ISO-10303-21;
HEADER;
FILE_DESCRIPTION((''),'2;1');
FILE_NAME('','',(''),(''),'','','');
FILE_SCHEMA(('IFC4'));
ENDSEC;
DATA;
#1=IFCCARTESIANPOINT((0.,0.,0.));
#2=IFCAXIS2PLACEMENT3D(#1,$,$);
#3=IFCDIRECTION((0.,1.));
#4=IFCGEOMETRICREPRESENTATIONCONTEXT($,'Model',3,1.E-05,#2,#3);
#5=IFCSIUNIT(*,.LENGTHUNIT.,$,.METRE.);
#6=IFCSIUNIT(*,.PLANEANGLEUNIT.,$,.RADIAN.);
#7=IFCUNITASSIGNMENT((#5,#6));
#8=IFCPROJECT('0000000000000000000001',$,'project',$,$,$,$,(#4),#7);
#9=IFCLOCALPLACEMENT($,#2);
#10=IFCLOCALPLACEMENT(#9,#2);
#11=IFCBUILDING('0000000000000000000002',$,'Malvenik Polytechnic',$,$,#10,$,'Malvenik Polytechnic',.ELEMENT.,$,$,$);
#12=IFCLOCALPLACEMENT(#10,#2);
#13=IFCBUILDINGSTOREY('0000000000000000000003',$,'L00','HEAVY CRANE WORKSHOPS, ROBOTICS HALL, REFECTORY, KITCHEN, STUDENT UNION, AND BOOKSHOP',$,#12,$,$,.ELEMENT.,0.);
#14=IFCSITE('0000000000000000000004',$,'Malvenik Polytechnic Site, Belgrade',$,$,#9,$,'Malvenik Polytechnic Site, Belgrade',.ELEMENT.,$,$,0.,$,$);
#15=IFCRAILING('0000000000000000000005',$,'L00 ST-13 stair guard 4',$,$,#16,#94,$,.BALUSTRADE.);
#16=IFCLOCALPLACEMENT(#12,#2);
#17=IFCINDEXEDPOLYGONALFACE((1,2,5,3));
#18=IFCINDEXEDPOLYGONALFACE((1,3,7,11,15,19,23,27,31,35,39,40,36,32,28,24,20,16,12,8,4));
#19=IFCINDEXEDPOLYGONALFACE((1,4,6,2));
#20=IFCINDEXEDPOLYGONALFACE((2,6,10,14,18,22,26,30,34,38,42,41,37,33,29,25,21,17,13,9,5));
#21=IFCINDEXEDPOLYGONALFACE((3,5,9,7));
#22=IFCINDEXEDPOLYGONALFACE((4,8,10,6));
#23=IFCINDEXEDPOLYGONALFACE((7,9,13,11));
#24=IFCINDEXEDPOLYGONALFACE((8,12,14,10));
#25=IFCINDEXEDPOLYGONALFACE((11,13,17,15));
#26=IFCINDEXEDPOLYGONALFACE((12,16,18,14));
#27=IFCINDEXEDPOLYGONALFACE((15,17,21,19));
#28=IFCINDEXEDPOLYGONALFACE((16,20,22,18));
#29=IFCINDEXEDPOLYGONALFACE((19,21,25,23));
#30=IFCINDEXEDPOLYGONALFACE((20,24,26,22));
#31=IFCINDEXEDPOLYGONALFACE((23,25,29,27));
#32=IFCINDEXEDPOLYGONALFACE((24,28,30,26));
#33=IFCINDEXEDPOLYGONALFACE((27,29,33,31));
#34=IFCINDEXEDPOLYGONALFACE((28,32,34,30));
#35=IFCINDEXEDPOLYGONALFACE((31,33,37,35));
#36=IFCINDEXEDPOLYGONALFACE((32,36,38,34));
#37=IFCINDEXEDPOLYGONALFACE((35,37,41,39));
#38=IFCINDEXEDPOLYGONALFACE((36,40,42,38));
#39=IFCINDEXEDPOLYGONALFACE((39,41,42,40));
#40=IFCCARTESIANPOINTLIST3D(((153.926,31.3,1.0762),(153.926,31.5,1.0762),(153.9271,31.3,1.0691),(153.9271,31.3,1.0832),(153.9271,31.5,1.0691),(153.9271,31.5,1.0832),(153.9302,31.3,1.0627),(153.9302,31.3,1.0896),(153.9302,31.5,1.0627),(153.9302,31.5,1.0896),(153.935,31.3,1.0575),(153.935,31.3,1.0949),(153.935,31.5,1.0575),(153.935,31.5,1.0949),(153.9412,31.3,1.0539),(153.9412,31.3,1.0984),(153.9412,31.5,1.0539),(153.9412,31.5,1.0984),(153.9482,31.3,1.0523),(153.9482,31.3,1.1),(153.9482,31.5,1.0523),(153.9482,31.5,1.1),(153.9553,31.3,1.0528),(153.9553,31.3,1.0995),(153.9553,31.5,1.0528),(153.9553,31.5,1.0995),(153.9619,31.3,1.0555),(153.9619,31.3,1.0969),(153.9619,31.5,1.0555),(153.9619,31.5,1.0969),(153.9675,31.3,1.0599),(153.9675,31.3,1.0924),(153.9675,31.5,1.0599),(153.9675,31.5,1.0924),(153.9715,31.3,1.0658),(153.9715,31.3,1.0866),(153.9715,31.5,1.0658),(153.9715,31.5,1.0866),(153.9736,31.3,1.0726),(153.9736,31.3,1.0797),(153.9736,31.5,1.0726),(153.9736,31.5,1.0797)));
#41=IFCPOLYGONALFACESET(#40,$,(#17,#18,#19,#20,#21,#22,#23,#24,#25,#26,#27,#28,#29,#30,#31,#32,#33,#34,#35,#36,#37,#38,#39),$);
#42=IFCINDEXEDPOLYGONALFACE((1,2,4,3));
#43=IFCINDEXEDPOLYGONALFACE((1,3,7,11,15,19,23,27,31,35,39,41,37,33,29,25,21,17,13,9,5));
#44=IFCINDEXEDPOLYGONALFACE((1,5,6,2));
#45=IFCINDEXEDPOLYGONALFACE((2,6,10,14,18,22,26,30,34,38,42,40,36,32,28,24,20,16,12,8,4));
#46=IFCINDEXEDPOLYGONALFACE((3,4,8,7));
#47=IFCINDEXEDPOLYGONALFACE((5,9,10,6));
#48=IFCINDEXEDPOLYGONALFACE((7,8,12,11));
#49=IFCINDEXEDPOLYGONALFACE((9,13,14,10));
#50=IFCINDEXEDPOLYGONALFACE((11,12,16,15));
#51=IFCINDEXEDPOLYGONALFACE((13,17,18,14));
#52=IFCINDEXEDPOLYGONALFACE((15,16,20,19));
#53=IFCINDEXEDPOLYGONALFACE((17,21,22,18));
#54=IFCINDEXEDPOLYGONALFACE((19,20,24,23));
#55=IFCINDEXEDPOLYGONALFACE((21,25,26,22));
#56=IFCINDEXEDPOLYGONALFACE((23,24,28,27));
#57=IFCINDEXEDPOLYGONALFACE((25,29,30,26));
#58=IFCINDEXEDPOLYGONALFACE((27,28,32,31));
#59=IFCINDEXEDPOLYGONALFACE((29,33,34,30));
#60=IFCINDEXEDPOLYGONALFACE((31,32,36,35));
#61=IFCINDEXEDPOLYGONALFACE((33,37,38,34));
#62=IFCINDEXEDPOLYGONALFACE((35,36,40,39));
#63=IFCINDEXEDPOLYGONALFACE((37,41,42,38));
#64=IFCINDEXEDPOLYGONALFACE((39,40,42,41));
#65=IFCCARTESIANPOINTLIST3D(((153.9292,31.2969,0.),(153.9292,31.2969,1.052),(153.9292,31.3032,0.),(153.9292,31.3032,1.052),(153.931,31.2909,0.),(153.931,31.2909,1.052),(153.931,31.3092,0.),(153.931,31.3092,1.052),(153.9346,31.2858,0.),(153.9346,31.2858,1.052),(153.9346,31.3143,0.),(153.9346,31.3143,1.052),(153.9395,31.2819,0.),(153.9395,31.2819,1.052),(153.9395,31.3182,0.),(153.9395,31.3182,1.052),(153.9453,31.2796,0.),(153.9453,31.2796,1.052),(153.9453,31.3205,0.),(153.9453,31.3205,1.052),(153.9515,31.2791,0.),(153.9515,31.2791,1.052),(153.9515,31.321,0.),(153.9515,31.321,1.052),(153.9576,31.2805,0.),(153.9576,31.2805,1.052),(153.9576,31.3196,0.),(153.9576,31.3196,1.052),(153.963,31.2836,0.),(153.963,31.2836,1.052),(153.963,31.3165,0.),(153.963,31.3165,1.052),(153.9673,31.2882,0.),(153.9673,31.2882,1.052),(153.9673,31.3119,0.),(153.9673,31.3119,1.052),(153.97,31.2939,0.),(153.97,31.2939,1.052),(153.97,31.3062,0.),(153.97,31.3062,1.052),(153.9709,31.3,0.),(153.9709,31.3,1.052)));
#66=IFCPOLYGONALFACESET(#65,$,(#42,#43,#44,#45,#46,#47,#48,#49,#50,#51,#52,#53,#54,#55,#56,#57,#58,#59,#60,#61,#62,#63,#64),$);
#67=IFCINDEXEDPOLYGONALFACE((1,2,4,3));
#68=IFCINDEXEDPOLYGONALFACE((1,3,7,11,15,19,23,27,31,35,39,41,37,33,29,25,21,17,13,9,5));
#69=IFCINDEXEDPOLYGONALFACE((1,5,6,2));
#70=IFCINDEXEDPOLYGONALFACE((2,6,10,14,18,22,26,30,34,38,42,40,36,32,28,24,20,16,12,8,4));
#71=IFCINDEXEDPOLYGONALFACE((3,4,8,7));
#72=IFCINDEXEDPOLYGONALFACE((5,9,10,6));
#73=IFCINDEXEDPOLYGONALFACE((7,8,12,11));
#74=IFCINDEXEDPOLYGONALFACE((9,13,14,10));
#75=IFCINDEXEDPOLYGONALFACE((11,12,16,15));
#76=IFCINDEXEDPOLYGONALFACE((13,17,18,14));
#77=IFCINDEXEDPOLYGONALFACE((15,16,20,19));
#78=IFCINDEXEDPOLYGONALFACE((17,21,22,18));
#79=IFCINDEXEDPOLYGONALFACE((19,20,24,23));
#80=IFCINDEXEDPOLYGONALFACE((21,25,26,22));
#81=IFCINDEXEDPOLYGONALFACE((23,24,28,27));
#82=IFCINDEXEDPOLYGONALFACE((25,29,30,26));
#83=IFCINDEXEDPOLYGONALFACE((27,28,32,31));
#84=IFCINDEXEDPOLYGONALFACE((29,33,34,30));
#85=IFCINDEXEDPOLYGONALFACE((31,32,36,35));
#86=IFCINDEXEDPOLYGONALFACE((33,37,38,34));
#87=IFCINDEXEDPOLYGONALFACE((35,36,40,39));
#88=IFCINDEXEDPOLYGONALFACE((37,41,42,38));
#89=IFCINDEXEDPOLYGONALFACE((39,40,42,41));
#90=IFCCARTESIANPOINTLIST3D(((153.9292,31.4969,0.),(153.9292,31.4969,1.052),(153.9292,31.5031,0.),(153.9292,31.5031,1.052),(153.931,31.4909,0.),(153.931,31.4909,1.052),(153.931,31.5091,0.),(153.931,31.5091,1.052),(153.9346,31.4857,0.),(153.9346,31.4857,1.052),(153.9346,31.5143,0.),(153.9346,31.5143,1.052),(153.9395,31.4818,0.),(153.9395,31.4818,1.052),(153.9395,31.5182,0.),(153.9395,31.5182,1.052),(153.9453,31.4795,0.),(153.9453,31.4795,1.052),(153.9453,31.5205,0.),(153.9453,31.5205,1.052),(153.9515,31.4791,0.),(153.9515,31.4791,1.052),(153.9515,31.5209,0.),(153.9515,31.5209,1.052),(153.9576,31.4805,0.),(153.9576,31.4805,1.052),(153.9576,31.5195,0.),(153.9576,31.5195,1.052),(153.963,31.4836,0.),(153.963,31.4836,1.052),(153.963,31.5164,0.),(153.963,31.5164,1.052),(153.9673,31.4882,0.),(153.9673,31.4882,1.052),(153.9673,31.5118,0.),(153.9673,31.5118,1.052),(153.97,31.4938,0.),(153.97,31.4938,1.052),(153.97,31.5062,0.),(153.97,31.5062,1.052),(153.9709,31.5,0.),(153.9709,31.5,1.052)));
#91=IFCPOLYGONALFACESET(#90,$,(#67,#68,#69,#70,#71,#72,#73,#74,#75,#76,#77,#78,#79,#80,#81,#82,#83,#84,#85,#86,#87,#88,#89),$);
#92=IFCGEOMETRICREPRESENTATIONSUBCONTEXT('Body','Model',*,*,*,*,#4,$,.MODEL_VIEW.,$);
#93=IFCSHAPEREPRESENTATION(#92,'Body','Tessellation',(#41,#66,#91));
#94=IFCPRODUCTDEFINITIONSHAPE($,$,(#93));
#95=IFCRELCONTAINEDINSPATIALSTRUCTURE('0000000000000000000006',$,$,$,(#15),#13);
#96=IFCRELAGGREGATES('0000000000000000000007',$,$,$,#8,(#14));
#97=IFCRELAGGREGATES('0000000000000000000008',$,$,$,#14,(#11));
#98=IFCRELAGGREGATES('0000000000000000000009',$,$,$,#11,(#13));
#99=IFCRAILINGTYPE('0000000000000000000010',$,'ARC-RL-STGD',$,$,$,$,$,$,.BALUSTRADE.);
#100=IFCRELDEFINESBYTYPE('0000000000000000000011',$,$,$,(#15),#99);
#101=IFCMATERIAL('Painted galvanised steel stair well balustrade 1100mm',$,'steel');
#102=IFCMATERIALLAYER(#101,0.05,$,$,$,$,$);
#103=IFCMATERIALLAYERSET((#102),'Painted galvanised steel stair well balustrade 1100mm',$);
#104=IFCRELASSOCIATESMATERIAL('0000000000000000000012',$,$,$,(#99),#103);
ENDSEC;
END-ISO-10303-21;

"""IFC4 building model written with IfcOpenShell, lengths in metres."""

from ifc_helpers import new_model, si_unit, direction, frame, origin, origin_2d, place, context, subcontext, project, spatial, circle, extrude, material, layer, layer_set, type_object, element, save


model = new_model("IFC4")

# Units and contexts
model_context = context("Model", 3, precision=1e-05, world=origin(), true_north=direction((0.0, 1.0)))
body_context = subcontext(model_context, "Body", "Model", "MODEL_VIEW")
ifc_project = project(units=[si_unit("LENGTHUNIT", "METRE"), si_unit("PLANEANGLEUNIT", "RADIAN")], contexts=[model_context])

# Site, building, storey
site_placement = place(None, origin())
site = spatial("IfcSite", under=ifc_project, at=site_placement, Name="Malvenik Polytechnic Site, Belgrade", LongName="Malvenik Polytechnic Site, Belgrade", CompositionType="ELEMENT", RefElevation=0.0)
building_placement = place(site_placement, origin())
building = spatial("IfcBuilding", under=site, at=building_placement, Name="Malvenik Polytechnic", LongName="Malvenik Polytechnic", CompositionType="ELEMENT")
storey_placement = place(building_placement, origin())
storey = spatial("IfcBuildingStorey", under=building, at=storey_placement, Name="L00", Description="HEAVY CRANE WORKSHOPS, ROBOTICS HALL, REFECTORY, KITCHEN, STUDENT UNION, AND BOOKSHOP", CompositionType="ELEMENT", Elevation=0.0)

# Railing
ifc_material_1 = material(Name="Painted galvanised steel stair well balustrade 1100mm", Category="steel")
ifc_layer_1 = layer(ifc_material_1, 0.05)
ifc_layer_set_1 = layer_set([ifc_layer_1], Name="Painted galvanised steel stair well balustrade 1100mm")
railing_type_1 = type_object("IfcRailingType", Name="ARC-RL-STGD", PredefinedType="BALUSTRADE", material=ifc_layer_set_1)
railing_1_placement = place(storey_placement, frame((153.95, 31.3, 0.0)))
element("IfcRailing", 1, at=railing_1_placement, inside=storey, type_object=railing_type_1, Name="L00 ST-13 stair guard 4", PredefinedType="BALUSTRADE", context=body_context, shape_type="SweptSolid", body=[
    extrude(circle(Radius=0.0239, at=origin_2d()), frame((0.0, 0.0, 1.0762), z_axis=(0.0, 1.0, 0.0), x_axis=(-1.0, 0.0, 0.0)), (0.0, 0.0, 1.0), 0.2),
    extrude(circle(Radius=0.021, at=origin_2d()), origin(), (0.0, 0.0, 1.0), 1.052),
    extrude(circle(Radius=0.021, at=origin_2d()), frame((0.0, 0.2, 0.0)), (0.0, 0.0, 1.0), 1.052),
])

save(model, "model.ifc")
